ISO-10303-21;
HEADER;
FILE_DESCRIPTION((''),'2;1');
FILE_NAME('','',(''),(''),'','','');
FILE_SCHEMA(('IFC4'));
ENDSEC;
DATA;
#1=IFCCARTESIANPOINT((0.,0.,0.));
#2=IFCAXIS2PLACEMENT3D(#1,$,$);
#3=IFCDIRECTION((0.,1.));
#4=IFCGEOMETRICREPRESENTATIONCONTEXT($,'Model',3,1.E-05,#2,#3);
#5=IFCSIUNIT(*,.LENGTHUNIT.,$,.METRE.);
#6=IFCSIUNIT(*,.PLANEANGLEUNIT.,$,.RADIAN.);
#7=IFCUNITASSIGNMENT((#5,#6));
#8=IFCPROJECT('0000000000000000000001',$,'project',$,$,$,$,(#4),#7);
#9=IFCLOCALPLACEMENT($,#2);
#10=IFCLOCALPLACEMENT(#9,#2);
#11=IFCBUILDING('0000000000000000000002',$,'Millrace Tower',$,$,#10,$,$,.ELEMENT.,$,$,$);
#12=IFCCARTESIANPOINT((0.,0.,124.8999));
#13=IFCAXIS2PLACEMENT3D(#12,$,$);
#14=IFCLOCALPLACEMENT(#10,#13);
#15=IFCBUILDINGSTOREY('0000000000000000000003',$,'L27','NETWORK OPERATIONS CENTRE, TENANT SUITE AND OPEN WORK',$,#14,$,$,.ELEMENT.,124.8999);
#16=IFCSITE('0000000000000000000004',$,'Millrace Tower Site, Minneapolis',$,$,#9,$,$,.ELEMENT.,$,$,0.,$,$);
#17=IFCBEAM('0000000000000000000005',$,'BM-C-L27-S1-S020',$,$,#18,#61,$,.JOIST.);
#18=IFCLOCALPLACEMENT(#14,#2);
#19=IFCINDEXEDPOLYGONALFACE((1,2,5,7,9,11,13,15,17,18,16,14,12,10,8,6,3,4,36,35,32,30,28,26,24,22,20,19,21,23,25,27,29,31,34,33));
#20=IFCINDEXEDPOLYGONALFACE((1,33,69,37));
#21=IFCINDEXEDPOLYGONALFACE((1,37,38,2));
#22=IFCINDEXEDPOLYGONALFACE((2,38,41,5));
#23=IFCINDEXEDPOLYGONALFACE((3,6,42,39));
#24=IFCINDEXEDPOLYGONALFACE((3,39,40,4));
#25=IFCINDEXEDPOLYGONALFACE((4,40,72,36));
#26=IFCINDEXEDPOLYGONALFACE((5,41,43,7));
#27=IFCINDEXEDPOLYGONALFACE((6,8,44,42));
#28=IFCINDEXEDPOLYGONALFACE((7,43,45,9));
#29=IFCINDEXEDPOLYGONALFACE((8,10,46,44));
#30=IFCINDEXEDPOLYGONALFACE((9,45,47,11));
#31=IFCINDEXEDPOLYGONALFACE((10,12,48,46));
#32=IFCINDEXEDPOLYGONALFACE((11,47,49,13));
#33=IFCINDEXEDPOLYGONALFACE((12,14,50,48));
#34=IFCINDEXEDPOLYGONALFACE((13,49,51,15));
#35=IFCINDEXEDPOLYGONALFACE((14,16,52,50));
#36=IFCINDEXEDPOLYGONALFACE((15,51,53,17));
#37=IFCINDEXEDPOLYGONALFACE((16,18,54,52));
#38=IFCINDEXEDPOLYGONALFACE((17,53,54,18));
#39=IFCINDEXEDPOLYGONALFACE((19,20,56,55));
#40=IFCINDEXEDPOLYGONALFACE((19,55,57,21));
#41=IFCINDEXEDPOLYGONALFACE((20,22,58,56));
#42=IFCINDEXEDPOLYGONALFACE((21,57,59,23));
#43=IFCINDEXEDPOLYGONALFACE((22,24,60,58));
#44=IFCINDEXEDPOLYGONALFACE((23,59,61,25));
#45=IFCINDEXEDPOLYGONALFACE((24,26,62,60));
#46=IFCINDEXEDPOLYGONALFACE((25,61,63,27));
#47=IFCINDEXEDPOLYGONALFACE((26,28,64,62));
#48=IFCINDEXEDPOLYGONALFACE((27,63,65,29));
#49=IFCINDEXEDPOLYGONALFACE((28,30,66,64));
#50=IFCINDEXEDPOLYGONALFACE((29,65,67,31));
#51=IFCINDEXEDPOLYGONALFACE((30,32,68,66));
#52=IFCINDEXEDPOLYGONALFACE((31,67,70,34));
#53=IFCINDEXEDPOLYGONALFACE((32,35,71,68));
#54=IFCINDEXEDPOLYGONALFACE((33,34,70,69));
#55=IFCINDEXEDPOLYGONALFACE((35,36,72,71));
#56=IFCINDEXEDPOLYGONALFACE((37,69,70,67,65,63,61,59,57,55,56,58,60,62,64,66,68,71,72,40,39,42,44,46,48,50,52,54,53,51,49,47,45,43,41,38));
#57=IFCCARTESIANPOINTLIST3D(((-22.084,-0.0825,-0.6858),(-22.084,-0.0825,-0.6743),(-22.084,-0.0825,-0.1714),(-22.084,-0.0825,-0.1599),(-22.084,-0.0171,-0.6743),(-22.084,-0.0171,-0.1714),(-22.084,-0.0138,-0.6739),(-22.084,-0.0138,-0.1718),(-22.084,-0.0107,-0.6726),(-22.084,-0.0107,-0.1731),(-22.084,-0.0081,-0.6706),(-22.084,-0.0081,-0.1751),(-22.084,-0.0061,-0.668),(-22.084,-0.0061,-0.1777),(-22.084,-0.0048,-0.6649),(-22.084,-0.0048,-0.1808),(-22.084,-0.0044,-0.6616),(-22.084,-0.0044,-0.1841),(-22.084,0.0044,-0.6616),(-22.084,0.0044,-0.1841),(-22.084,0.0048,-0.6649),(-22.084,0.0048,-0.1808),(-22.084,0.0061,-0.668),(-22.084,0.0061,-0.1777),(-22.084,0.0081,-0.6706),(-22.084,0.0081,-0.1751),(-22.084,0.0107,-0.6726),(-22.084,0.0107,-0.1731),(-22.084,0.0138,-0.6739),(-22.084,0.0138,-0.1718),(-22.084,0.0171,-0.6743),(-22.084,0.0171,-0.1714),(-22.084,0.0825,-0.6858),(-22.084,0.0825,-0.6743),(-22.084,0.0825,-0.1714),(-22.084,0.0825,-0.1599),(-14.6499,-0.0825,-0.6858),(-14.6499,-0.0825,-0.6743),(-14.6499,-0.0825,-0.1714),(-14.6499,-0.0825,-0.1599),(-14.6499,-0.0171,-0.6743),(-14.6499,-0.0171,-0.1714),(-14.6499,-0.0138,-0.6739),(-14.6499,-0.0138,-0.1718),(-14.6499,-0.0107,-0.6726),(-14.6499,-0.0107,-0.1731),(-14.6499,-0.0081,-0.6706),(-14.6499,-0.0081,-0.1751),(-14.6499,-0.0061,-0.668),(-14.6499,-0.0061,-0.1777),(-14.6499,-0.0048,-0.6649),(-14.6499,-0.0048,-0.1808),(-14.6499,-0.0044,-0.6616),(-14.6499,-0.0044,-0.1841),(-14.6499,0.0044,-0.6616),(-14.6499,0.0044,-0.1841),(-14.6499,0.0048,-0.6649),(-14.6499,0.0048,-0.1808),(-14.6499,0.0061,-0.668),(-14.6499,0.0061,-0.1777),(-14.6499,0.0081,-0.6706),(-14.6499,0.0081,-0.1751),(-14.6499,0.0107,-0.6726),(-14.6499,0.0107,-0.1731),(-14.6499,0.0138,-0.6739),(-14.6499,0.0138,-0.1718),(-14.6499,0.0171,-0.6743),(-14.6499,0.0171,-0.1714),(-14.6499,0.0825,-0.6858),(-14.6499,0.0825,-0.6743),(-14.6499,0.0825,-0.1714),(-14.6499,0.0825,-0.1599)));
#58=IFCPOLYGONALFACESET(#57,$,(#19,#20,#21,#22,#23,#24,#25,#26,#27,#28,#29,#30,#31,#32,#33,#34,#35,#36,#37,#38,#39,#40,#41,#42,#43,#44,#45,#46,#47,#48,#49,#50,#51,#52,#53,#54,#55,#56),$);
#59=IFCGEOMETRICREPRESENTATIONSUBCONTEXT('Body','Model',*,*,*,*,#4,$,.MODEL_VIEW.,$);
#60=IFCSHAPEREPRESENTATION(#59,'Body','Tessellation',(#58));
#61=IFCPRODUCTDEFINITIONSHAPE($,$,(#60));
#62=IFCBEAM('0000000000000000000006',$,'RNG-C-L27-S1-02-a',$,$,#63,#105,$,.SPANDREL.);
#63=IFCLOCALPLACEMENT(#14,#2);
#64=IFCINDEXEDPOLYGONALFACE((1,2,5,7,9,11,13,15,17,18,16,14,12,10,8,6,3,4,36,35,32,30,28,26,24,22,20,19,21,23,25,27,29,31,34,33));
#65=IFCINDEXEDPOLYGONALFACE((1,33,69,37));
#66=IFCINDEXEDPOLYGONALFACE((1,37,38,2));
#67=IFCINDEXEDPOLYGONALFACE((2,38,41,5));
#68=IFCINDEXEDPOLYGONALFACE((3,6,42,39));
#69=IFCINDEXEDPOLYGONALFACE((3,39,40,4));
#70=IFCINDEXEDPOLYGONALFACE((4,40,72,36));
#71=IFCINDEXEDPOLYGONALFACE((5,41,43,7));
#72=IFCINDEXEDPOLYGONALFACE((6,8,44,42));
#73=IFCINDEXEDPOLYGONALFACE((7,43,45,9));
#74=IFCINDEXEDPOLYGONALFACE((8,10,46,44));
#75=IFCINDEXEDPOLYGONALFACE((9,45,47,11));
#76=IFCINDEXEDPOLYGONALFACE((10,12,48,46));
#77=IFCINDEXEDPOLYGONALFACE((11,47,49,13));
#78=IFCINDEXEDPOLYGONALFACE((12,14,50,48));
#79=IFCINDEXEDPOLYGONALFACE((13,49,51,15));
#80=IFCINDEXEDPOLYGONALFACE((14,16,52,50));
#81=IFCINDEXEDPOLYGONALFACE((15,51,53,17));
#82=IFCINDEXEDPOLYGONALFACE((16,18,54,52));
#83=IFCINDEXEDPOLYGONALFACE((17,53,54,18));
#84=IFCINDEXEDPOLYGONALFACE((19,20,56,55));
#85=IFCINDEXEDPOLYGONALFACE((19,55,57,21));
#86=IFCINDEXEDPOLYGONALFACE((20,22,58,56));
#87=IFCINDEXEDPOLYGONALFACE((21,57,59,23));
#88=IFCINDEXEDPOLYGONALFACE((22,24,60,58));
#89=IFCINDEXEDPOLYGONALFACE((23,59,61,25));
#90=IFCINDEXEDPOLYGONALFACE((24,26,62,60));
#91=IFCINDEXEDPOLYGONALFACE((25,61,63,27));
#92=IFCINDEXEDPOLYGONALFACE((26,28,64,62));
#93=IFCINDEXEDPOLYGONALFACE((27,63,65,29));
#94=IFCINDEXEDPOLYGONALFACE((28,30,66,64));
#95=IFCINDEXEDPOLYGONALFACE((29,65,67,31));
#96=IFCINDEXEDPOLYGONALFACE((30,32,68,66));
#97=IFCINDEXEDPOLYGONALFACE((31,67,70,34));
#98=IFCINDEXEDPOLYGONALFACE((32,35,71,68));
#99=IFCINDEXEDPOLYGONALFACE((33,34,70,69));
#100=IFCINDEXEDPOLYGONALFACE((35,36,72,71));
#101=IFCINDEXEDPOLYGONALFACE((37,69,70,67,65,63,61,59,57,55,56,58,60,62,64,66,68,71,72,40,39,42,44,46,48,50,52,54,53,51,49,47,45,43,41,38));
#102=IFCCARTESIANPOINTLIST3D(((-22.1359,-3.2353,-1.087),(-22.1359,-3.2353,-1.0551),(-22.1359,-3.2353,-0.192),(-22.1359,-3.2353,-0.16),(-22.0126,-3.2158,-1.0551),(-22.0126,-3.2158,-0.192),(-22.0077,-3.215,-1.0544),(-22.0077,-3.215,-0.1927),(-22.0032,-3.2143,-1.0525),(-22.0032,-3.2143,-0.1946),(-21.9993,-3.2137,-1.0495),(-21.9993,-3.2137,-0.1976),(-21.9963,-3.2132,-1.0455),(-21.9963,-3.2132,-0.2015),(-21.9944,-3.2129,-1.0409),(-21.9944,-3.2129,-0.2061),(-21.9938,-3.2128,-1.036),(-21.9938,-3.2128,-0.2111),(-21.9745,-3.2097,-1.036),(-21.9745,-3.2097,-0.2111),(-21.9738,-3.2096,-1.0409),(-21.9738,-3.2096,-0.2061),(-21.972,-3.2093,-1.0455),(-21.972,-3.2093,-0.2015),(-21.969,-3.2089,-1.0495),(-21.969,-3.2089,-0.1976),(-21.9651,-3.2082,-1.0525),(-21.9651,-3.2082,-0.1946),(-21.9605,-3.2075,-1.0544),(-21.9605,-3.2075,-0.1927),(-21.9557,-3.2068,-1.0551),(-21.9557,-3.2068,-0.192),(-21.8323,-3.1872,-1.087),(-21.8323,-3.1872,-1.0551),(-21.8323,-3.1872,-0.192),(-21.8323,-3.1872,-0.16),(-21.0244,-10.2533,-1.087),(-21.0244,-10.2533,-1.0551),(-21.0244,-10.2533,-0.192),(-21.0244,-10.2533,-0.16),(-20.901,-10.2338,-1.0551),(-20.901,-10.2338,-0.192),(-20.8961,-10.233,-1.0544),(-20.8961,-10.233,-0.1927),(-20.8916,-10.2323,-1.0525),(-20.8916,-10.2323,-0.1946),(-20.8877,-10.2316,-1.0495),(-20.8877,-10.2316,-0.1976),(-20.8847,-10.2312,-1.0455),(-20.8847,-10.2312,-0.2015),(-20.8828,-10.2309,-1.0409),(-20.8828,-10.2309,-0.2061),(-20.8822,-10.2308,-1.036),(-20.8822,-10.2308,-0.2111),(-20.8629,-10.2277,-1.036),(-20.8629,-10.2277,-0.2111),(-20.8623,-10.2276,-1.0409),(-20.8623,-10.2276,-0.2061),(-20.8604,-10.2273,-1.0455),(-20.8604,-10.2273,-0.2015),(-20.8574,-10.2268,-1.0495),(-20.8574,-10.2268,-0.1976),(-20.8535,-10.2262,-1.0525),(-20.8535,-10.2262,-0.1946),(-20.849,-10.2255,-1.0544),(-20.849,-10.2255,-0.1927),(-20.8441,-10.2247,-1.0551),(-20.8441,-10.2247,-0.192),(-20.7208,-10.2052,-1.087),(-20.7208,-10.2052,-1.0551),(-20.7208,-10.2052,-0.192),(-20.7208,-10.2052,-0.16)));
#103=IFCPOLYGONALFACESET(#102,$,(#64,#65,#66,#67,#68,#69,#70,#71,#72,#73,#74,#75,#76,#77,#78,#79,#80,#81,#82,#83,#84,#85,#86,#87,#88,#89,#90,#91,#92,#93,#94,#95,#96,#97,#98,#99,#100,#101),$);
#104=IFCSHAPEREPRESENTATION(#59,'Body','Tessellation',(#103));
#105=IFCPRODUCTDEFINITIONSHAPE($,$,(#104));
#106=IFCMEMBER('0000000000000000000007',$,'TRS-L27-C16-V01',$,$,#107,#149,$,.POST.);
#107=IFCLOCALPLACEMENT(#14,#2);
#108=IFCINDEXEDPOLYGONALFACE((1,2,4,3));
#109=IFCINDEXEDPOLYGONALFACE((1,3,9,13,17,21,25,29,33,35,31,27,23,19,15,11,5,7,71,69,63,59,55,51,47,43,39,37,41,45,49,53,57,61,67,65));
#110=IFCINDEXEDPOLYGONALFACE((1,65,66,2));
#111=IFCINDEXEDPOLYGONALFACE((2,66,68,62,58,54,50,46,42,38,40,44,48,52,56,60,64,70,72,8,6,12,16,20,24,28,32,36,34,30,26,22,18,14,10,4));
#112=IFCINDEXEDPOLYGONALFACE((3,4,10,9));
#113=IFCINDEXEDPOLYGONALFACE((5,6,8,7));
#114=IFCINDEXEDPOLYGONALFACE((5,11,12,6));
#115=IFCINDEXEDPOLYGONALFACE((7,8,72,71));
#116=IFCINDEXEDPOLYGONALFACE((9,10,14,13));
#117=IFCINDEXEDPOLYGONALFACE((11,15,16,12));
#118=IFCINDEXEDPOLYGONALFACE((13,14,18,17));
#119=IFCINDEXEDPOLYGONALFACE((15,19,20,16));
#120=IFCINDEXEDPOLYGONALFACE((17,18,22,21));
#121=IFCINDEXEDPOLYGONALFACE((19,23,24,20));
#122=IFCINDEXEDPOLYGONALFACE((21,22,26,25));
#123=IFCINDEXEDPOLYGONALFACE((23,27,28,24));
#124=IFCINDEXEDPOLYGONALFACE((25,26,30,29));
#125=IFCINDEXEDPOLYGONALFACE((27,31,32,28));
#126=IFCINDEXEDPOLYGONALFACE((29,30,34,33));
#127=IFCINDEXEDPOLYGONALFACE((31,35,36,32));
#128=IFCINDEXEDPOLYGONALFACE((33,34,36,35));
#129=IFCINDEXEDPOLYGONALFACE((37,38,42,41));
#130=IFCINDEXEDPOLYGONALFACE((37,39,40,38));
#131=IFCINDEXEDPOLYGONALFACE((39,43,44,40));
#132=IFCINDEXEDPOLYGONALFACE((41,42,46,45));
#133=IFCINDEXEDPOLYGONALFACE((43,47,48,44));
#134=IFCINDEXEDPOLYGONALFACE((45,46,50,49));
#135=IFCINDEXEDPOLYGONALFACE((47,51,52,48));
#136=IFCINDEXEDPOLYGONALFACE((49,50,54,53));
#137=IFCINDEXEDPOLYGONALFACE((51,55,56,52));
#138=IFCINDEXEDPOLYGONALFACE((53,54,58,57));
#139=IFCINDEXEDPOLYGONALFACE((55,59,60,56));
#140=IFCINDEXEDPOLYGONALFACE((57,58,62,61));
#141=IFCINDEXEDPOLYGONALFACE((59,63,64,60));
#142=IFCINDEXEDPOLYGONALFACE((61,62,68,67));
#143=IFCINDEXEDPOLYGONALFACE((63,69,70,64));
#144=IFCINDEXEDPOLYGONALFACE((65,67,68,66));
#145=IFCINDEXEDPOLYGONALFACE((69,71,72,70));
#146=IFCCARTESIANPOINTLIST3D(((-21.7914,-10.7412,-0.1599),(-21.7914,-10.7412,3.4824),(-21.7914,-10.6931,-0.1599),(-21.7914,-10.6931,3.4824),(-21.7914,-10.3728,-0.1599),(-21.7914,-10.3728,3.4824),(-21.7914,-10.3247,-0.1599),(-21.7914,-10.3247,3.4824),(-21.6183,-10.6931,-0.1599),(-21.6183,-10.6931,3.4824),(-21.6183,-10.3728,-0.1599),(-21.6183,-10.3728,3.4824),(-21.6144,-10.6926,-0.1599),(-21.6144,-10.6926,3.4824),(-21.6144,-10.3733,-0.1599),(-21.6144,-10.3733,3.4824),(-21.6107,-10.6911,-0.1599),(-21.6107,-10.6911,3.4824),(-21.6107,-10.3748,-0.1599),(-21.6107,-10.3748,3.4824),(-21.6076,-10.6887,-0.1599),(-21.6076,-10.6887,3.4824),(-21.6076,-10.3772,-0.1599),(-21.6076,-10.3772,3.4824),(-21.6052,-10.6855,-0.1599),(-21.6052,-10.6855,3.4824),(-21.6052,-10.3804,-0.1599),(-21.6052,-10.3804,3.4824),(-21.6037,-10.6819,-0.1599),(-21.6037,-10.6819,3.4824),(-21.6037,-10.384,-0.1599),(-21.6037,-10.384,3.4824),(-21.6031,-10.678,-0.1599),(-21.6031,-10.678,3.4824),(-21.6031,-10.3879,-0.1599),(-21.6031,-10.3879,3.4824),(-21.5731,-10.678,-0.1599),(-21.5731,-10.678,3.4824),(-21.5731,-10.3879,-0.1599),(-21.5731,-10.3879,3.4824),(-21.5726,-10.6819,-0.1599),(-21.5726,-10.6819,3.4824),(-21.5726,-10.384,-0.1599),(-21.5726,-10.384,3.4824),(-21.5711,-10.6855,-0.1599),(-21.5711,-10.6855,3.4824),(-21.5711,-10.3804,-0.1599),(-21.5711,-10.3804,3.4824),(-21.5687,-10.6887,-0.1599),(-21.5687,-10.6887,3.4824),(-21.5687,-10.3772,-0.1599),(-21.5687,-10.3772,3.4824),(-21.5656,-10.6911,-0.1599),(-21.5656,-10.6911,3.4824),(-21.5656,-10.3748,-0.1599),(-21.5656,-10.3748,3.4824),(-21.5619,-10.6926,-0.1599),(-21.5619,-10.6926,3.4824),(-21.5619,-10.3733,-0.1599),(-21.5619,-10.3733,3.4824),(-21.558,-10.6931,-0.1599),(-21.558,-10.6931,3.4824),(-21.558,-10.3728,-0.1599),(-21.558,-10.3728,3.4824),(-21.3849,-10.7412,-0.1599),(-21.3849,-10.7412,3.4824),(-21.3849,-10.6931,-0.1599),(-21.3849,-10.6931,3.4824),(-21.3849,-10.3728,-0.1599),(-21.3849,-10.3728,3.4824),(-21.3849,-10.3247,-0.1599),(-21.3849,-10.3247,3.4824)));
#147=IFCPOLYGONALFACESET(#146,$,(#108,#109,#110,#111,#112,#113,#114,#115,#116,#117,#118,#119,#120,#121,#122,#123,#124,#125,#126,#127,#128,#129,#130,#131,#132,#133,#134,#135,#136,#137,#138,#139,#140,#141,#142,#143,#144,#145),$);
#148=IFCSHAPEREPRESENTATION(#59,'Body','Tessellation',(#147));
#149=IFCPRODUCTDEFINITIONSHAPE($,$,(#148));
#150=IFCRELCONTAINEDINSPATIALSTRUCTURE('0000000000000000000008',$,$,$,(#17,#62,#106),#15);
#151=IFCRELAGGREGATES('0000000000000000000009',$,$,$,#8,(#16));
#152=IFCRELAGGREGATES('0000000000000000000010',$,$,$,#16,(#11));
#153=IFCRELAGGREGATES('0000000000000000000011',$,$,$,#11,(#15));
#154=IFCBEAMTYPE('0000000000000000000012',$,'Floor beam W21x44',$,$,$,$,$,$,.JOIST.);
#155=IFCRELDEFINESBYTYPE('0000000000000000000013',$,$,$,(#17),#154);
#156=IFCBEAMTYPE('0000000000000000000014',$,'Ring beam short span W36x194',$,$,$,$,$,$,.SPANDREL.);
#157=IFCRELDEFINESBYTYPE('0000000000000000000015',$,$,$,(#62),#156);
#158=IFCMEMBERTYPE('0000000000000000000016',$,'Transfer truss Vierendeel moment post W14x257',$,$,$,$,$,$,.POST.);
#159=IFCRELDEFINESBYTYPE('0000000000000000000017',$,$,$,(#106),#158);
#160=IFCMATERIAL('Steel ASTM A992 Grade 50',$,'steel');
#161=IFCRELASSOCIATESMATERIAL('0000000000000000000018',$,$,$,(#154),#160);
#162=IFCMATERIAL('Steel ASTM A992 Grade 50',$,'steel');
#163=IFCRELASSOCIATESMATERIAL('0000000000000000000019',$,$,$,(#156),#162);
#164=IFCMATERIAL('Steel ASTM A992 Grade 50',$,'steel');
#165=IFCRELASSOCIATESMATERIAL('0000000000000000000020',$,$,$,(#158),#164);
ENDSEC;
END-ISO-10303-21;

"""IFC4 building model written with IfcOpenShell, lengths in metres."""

from ifc_helpers import new_model, si_unit, direction, frame, origin, origin_2d, place, context, subcontext, project, spatial, i_section, extrude, material, material_profile, profile_set, type_object, element, save


model = new_model("IFC4")

# Units and contexts
model_context = context("Model", 3, precision=1e-05, world=origin(), true_north=direction((0.0, 1.0)))
body_context = subcontext(model_context, "Body", "Model", "MODEL_VIEW")
ifc_project = project(units=[si_unit("LENGTHUNIT", "METRE"), si_unit("PLANEANGLEUNIT", "RADIAN")], contexts=[model_context])

# Site, building, storey
site_placement = place(None, origin())
site = spatial("IfcSite", under=ifc_project, at=site_placement, Name="Millrace Tower Site, Minneapolis", CompositionType="ELEMENT", RefElevation=0.0)
building_placement = place(site_placement, origin())
building = spatial("IfcBuilding", under=site, at=building_placement, Name="Millrace Tower", CompositionType="ELEMENT")
storey_placement = place(building_placement, frame((0.0, 0.0, 124.8999)))
storey = spatial("IfcBuildingStorey", under=building, at=storey_placement, Name="L27", Description="NETWORK OPERATIONS CENTRE, TENANT SUITE AND OPEN WORK", CompositionType="ELEMENT", Elevation=124.8999)

# Beams
ifc_material_1 = material(Name="Steel ASTM A992 Grade 50", Category="steel")
ifc_material_profile_1 = material_profile(ifc_material_1, i_section(OverallWidth=0.165, OverallDepth=0.5259, WebThickness=0.0088, FlangeThickness=0.0115, FilletRadius=0.0127, at=origin_2d()))
ifc_profile_set_1 = profile_set([ifc_material_profile_1], Name="Steel ASTM A992 Grade 50")
beam_type_1 = type_object("IfcBeamType", Name="Floor beam W21x44", PredefinedType="JOIST", material=ifc_profile_set_1)
beam_1_placement = place(storey_placement, frame((-22.084, 0.0, -0.4229), z_axis=(1.0, 0.0, 0.0), x_axis=(0.0, 1.0, 0.0)))
element("IfcBeam", 1, at=beam_1_placement, inside=storey, type_object=beam_type_1, Name="BM-C-L27-S1-S020", PredefinedType="JOIST", context=body_context, shape_type="SweptSolid", body=[
    extrude(i_section(OverallWidth=0.165, OverallDepth=0.5259, WebThickness=0.0088, FlangeThickness=0.0115, FilletRadius=0.0127, at=origin_2d()), origin(), (0.0, 0.0, 1.0), 7.4341),
])
ifc_material_2 = material(Name="Steel ASTM A992 Grade 50", Category="steel")
ifc_material_profile_2 = material_profile(ifc_material_2, i_section(OverallWidth=0.3074, OverallDepth=0.927, WebThickness=0.0195, FlangeThickness=0.032, FilletRadius=0.019, at=origin_2d()))
ifc_profile_set_2 = profile_set([ifc_material_profile_2], Name="Steel ASTM A992 Grade 50")
beam_type_2 = type_object("IfcBeamType", Name="Ring beam short span W36x194", PredefinedType="SPANDREL", material=ifc_profile_set_2)
beam_2_placement = place(storey_placement, frame((-20.8726, -10.2292, -0.6235), z_axis=(-0.156437, 0.987688, 0.0), x_axis=(-0.987688, -0.156437, 0.0)))
element("IfcBeam", 2, at=beam_2_placement, inside=storey, type_object=beam_type_2, Name="RNG-C-L27-S1-02-a", PredefinedType="SPANDREL", context=body_context, shape_type="SweptSolid", body=[
    extrude(i_section(OverallWidth=0.3074, OverallDepth=0.927, WebThickness=0.0195, FlangeThickness=0.032, FilletRadius=0.019, at=origin_2d()), origin(), (0.0, 0.0, 1.0), 7.1055),
])

# Member
ifc_material_3 = material(Name="Steel ASTM A992 Grade 50", Category="steel")
ifc_material_profile_3 = material_profile(ifc_material_3, i_section(OverallWidth=0.4065, OverallDepth=0.4165, WebThickness=0.03, FlangeThickness=0.0481, FilletRadius=0.0151, at=origin_2d()))
ifc_profile_set_3 = profile_set([ifc_material_profile_3], Name="Steel ASTM A992 Grade 50")
member_type_1 = type_object("IfcMemberType", Name="Transfer truss Vierendeel moment post W14x257", PredefinedType="POST", material=ifc_profile_set_3)
member_1_placement = place(storey_placement, frame((-21.5881, -10.533, -0.1599), z_axis=(0.0, 0.0, 1.0), x_axis=(1.0, 0.0, 0.0)))
element("IfcMember", 3, at=member_1_placement, inside=storey, type_object=member_type_1, Name="TRS-L27-C16-V01", PredefinedType="POST", context=body_context, shape_type="SweptSolid", body=[
    extrude(i_section(OverallWidth=0.4065, OverallDepth=0.4165, WebThickness=0.03, FlangeThickness=0.0481, FilletRadius=0.0151, at=origin_2d()), origin(), (0.0, 0.0, 1.0), 3.6423),
])

save(model, "model.ifc")
